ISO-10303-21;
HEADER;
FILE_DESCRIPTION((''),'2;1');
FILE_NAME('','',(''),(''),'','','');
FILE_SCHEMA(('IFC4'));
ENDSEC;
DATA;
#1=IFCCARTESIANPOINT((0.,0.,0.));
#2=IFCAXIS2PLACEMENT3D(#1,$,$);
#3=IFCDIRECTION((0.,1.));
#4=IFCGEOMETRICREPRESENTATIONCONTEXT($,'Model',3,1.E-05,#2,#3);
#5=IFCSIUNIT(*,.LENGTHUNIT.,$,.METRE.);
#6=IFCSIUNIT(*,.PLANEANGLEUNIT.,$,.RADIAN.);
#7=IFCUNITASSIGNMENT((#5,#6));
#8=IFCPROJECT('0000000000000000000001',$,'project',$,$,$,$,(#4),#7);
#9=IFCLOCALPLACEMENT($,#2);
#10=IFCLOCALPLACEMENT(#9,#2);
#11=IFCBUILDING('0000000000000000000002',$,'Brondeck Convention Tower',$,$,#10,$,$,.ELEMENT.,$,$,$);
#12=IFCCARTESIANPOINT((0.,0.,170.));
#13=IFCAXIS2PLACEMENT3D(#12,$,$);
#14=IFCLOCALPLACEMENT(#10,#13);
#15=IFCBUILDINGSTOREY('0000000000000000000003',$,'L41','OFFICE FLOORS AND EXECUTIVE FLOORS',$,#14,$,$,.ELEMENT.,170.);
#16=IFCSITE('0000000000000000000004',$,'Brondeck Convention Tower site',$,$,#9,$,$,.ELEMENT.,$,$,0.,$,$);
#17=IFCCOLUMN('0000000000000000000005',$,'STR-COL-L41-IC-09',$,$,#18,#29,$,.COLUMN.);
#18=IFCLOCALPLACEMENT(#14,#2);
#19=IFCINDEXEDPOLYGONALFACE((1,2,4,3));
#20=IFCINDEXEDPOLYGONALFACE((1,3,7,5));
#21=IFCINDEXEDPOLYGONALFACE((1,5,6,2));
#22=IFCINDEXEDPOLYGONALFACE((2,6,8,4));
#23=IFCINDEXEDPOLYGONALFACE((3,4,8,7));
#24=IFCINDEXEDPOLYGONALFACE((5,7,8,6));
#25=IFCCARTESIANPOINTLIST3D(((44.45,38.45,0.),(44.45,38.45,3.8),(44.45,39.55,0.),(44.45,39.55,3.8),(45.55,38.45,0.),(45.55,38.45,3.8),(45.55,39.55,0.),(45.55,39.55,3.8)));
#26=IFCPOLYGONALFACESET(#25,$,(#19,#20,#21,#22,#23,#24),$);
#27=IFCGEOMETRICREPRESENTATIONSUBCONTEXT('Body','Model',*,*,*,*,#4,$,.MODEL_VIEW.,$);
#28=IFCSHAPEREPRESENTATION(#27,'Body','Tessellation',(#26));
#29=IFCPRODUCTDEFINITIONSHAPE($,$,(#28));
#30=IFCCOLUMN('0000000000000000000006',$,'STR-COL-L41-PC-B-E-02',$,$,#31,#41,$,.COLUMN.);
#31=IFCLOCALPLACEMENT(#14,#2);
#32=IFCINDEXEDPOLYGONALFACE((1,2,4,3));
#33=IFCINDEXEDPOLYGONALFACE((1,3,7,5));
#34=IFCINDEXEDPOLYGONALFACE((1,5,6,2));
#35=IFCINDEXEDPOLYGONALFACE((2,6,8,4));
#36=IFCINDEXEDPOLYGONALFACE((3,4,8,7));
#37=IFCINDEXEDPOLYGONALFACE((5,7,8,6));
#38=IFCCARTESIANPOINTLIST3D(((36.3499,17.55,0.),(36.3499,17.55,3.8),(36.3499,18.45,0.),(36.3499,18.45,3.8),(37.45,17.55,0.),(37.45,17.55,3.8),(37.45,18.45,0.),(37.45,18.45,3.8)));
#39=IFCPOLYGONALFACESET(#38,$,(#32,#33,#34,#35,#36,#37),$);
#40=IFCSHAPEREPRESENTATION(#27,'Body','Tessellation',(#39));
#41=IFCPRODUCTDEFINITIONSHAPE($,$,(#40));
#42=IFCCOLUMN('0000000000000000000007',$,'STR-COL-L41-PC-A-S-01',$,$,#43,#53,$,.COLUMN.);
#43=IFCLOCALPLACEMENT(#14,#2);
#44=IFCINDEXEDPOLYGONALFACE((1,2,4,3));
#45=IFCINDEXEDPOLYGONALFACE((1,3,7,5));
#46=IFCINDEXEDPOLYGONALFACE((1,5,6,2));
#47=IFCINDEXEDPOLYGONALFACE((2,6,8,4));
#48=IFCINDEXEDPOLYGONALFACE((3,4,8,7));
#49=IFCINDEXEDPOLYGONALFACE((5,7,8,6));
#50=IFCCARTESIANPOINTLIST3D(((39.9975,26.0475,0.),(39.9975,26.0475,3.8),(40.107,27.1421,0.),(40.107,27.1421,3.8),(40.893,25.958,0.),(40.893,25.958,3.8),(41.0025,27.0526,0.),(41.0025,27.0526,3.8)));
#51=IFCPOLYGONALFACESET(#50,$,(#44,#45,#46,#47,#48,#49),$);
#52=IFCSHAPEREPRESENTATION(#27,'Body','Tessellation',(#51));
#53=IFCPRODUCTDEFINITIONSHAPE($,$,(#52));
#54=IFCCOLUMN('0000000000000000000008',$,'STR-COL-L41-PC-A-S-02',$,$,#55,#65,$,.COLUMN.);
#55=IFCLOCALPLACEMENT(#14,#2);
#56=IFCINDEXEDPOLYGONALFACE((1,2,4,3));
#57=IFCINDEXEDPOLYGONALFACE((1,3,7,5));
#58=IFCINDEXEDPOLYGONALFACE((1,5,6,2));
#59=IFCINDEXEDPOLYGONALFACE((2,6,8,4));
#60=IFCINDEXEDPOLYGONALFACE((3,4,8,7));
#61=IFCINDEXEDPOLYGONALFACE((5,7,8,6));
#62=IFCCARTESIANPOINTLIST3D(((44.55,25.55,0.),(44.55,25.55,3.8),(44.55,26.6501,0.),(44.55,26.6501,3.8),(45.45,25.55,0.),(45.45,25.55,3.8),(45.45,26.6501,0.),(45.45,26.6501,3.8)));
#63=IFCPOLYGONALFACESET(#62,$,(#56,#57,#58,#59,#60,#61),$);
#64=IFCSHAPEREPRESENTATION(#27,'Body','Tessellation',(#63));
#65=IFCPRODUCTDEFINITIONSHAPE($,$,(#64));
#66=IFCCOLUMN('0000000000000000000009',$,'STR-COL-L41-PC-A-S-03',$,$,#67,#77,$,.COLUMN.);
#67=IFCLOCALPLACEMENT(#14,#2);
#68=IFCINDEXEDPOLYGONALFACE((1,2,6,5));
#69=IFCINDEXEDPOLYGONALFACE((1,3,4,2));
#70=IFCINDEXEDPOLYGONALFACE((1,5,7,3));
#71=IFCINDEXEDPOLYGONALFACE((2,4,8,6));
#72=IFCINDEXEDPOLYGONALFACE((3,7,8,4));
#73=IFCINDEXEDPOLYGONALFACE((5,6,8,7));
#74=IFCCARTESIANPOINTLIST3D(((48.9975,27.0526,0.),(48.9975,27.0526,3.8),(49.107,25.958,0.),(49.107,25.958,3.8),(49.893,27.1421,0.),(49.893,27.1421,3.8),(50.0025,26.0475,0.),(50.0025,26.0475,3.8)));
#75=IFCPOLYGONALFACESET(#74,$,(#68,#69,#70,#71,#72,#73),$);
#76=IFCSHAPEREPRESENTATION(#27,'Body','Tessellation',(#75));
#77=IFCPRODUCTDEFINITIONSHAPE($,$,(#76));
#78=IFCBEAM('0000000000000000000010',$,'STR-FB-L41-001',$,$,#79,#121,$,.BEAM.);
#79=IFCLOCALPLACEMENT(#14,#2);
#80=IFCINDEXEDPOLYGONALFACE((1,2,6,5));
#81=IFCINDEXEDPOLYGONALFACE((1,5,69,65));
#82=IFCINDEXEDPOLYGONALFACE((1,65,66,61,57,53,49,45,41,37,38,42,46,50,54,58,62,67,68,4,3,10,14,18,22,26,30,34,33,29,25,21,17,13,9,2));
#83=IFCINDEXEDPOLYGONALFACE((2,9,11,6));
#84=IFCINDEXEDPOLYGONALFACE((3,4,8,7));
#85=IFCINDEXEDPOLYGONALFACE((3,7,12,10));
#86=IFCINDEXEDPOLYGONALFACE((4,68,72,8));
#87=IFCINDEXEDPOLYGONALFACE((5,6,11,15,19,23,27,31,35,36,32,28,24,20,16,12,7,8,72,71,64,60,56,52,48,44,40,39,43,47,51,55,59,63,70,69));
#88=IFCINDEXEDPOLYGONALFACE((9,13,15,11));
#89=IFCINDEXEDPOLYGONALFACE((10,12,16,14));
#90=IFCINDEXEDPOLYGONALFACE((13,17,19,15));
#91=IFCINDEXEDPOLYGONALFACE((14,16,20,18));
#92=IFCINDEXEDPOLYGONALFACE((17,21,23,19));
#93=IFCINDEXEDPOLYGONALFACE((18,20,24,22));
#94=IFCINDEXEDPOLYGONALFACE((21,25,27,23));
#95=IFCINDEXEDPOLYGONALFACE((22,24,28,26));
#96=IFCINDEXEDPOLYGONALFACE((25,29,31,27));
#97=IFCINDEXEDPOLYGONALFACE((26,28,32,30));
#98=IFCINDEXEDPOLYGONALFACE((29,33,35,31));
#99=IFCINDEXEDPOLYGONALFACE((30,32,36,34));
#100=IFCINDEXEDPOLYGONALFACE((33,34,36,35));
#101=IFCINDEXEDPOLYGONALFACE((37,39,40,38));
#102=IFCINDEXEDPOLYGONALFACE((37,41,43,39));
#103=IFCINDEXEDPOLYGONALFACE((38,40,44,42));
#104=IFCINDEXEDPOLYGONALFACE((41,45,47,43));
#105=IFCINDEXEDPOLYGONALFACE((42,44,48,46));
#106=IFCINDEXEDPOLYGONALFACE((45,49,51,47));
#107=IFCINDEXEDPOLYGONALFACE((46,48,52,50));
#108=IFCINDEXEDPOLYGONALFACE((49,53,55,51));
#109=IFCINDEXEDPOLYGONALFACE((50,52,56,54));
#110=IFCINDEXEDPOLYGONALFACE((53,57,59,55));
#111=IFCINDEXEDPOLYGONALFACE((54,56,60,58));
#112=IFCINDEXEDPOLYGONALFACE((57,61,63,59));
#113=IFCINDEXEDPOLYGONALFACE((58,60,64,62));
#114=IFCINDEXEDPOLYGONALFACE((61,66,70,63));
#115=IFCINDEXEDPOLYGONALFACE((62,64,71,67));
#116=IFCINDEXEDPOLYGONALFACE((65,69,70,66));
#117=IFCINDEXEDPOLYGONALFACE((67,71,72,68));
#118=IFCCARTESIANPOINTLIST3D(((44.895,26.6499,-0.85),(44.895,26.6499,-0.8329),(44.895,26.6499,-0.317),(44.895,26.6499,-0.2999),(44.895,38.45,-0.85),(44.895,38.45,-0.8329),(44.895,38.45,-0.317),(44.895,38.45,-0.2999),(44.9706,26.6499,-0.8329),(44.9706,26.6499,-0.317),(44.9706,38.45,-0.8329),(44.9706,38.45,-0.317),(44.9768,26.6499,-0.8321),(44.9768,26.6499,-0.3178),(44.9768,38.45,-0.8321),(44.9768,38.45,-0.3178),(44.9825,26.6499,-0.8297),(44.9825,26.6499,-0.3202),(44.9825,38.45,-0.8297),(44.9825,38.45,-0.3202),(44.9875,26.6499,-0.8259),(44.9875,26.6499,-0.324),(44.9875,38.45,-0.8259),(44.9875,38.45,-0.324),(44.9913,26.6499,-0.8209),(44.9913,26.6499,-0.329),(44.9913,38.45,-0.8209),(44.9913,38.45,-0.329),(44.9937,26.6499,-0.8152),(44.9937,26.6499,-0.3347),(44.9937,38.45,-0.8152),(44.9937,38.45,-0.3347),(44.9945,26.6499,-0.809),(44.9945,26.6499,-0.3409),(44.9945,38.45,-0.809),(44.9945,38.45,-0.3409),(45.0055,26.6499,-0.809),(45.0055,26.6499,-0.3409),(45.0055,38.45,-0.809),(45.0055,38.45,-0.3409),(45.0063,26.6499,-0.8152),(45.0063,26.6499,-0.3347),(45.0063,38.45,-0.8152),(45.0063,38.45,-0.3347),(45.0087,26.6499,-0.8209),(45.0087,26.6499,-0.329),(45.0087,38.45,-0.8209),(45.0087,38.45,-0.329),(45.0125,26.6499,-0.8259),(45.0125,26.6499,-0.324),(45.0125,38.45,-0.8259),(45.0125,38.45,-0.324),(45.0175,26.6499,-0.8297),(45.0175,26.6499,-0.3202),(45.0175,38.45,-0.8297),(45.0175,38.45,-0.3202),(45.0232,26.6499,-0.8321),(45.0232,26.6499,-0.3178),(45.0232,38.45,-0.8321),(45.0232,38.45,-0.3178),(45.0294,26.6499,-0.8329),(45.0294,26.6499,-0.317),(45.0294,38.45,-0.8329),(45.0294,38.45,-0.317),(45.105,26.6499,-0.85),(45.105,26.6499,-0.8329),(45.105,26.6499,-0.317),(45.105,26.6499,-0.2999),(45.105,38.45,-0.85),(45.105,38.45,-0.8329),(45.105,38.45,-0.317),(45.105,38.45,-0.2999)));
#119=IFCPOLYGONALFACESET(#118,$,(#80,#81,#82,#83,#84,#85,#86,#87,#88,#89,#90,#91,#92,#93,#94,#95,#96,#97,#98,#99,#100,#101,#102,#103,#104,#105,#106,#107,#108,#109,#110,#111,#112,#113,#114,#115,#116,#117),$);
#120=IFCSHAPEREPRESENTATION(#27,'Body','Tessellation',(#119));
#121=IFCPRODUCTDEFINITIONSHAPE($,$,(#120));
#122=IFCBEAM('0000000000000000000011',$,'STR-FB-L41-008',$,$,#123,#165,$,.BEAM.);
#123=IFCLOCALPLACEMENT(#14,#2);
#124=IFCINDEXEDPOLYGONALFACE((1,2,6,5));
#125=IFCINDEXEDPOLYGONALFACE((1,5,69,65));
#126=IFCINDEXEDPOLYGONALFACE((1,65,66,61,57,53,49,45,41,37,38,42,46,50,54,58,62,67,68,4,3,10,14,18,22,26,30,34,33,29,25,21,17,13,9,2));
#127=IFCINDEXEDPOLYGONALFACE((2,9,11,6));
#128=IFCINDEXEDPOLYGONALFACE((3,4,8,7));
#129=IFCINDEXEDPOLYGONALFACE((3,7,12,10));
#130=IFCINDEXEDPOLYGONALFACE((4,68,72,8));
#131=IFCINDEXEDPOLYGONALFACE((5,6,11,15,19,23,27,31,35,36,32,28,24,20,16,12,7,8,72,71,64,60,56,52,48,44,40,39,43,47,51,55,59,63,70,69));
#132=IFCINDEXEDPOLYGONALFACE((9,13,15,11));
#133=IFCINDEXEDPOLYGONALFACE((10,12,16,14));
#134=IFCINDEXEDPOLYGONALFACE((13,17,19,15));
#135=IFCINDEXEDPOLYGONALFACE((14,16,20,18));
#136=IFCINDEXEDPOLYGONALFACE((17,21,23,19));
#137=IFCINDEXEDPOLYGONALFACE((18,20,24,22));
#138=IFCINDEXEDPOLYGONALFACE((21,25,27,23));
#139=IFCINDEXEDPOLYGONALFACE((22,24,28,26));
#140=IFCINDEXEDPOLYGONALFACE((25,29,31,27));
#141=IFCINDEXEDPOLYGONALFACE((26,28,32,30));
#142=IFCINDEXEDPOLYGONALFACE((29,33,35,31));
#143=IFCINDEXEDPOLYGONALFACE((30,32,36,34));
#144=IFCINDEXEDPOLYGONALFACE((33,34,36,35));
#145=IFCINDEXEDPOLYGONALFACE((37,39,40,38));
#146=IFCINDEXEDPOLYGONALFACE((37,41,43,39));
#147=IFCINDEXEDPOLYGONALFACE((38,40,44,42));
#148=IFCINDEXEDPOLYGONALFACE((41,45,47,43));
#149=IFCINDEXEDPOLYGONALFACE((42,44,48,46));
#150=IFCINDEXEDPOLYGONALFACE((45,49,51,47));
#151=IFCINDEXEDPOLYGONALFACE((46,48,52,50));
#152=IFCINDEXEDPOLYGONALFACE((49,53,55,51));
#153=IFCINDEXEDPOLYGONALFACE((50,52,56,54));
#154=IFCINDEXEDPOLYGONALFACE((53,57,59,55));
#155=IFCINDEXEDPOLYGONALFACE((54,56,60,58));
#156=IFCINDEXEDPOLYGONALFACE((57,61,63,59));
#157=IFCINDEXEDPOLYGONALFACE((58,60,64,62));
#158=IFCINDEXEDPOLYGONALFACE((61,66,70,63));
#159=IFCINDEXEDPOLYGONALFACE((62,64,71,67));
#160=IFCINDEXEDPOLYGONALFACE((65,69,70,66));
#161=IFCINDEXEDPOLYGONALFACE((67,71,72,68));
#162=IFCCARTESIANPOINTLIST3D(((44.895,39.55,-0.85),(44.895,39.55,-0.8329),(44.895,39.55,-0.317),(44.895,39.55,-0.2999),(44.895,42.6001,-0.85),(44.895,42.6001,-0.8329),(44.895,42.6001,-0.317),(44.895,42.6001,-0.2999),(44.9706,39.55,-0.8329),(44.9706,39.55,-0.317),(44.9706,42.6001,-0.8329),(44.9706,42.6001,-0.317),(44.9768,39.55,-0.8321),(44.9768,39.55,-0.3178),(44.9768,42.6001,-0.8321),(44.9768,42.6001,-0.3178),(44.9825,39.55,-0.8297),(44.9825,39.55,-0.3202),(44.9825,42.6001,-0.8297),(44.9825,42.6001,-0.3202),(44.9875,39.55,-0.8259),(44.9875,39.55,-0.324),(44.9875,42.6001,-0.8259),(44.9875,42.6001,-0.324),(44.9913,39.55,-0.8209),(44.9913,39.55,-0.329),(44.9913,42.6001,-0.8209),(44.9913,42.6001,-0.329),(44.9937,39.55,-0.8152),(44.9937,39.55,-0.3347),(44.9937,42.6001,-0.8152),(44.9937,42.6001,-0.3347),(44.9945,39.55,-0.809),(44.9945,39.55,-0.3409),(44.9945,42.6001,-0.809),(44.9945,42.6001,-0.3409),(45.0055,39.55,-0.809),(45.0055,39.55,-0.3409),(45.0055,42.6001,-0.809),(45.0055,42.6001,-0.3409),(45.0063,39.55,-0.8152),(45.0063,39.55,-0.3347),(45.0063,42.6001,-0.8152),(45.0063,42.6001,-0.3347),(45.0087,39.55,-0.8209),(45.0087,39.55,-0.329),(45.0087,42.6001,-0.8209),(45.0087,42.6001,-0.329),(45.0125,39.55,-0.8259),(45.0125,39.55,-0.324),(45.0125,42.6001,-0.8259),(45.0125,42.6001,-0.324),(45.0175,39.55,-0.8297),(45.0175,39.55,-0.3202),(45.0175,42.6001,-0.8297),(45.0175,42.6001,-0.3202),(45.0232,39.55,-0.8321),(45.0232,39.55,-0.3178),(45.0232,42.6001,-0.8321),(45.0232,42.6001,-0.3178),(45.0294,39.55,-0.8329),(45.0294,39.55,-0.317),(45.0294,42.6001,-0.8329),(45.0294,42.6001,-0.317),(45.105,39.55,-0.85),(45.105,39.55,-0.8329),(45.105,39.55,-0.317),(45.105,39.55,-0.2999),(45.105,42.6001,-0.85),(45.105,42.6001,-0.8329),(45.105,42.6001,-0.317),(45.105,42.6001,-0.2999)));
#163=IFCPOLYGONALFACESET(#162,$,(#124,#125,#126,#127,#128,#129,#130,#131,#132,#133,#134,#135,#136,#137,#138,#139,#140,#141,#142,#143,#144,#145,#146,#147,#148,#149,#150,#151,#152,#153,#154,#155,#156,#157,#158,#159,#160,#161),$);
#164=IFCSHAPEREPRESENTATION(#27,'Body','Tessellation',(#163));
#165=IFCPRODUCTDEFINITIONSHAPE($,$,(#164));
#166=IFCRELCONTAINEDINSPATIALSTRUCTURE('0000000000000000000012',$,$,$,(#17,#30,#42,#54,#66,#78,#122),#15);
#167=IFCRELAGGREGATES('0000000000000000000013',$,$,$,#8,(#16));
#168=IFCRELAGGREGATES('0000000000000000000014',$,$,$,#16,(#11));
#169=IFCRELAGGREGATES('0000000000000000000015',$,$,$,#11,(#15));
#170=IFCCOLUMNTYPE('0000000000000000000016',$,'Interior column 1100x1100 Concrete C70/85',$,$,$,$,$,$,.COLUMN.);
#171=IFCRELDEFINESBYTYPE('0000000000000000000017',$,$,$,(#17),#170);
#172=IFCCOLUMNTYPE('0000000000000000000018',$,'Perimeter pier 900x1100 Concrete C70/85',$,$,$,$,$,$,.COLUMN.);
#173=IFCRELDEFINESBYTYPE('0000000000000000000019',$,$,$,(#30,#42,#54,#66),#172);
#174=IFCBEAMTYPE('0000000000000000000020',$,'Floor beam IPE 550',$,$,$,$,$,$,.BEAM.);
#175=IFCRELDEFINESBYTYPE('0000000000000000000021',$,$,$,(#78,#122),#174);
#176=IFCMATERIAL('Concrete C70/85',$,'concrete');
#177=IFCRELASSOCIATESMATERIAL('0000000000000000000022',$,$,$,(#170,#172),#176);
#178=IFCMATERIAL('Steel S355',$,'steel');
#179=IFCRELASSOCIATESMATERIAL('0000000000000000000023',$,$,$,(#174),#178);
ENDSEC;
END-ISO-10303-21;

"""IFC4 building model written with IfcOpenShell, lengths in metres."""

from ifc_helpers import new_model, si_unit, direction, frame, origin, origin_2d, place, context, subcontext, project, spatial, rectangle, i_section, extrude, material, material_profile, profile_set, type_object, element, save


model = new_model("IFC4")

# Units and contexts
model_context = context("Model", 3, precision=1e-05, world=origin(), true_north=direction((0.0, 1.0)))
body_context = subcontext(model_context, "Body", "Model", "MODEL_VIEW")
ifc_project = project(units=[si_unit("LENGTHUNIT", "METRE"), si_unit("PLANEANGLEUNIT", "RADIAN")], contexts=[model_context])

# Site, building, storey
site_placement = place(None, origin())
site = spatial("IfcSite", under=ifc_project, at=site_placement, Name="Brondeck Convention Tower site", CompositionType="ELEMENT", RefElevation=0.0)
building_placement = place(site_placement, origin())
building = spatial("IfcBuilding", under=site, at=building_placement, Name="Brondeck Convention Tower", CompositionType="ELEMENT")
storey_placement = place(building_placement, frame((0.0, 0.0, 170.0)))
storey = spatial("IfcBuildingStorey", under=building, at=storey_placement, Name="L41", Description="OFFICE FLOORS AND EXECUTIVE FLOORS", CompositionType="ELEMENT", Elevation=170.0)

# Columns
ifc_material_1 = material(Name="Concrete C70/85", Category="concrete")
ifc_material_profile_1 = material_profile(ifc_material_1, rectangle(XDim=1.1001, YDim=1.1001, at=origin_2d()), Name="Interior column 1100x1100 Concrete C70/85")
ifc_profile_set_1 = profile_set([ifc_material_profile_1], Name="Concrete C70/85")
column_type_1 = type_object("IfcColumnType", Name="Interior column 1100x1100 Concrete C70/85", PredefinedType="COLUMN", material=ifc_profile_set_1)
column_placement = place(storey_placement, frame((45.0, 39.0, 0.0), z_axis=(0.0, 0.0, 1.0), x_axis=(1.0, 0.0, 0.0)))
element("IfcColumn", 1, at=column_placement, inside=storey, type_object=column_type_1, Name="STR-COL-L41-IC-09", PredefinedType="COLUMN", context=body_context, shape_type="SweptSolid", body=[
    extrude(rectangle(XDim=1.1001, YDim=1.1001, at=origin_2d()), origin(), (0.0, 0.0, 1.0), 3.8),
])
ifc_material_profile_2 = material_profile(ifc_material_1, rectangle(XDim=0.8999, YDim=1.1001, at=origin_2d()), Name="Perimeter pier 900x1100 Concrete C70/85")
ifc_profile_set_2 = profile_set([ifc_material_profile_2], Name="Concrete C70/85")
column_type_2 = type_object("IfcColumnType", Name="Perimeter pier 900x1100 Concrete C70/85", PredefinedType="COLUMN", material=ifc_profile_set_2)
for number, where, z_axis, x_axis, name in (
    (2, (36.8999, 18.0, 0.0), (0.0, 0.0, 1.0), (0.0, 1.0, 0.0), "STR-COL-L41-PC-B-E-02"),
    (3, (40.5, 26.55, 0.0), (0.0, 0.0, 1.0), (0.995037, -0.099504, 0.0), "STR-COL-L41-PC-A-S-01"),
    (4, (45.0, 26.1001, 0.0), (0.0, 0.0, 1.0), (1.0, 0.0, 0.0), "STR-COL-L41-PC-A-S-02"),
    (5, (49.5, 26.55, 0.0), (0.0, 0.0, 1.0), (0.995037, 0.099504, 0.0), "STR-COL-L41-PC-A-S-03"),
):
    element("IfcColumn", number, at=place(storey_placement, frame(where, z_axis=z_axis, x_axis=x_axis)), inside=storey, type_object=column_type_2, Name=name, PredefinedType="COLUMN", context=body_context, shape_type="SweptSolid", body=[
        extrude(rectangle(XDim=0.8999, YDim=1.1001, at=origin_2d()), origin(), (0.0, 0.0, 1.0), 3.8),
    ])

# Beams
ifc_material_2 = material(Name="Steel S355", Category="steel")
ifc_material_profile_3 = material_profile(ifc_material_2, i_section(OverallWidth=0.21, OverallDepth=0.55, WebThickness=0.011, FlangeThickness=0.0171, FilletRadius=0.0239, at=origin_2d()), Name="IPE 550")
ifc_profile_set_3 = profile_set([ifc_material_profile_3], Name="Steel S355")
beam_type_1 = type_object("IfcBeamType", Name="Floor beam IPE 550", PredefinedType="BEAM", material=ifc_profile_set_3)
beam_1_placement = place(storey_placement, frame((45.0, 26.6499, -0.575), z_axis=(0.0, 1.0, 0.0), x_axis=(-1.0, 0.0, 0.0)))
element("IfcBeam", 6, at=beam_1_placement, inside=storey, type_object=beam_type_1, Name="STR-FB-L41-001", PredefinedType="BEAM", context=body_context, shape_type="SweptSolid", body=[
    extrude(i_section(OverallWidth=0.21, OverallDepth=0.55, WebThickness=0.011, FlangeThickness=0.0171, FilletRadius=0.0239, at=origin_2d()), origin(), (0.0, 0.0, 1.0), 11.8),
])
beam_2_placement = place(storey_placement, frame((45.0, 39.55, -0.575), z_axis=(0.0, 1.0, 0.0), x_axis=(-1.0, 0.0, 0.0)))
element("IfcBeam", 7, at=beam_2_placement, inside=storey, type_object=beam_type_1, Name="STR-FB-L41-008", PredefinedType="BEAM", context=body_context, shape_type="SweptSolid", body=[
    extrude(i_section(OverallWidth=0.21, OverallDepth=0.55, WebThickness=0.011, FlangeThickness=0.0171, FilletRadius=0.0239, at=origin_2d()), origin(), (0.0, 0.0, 1.0), 3.05),
])

save(model, "model.ifc")
